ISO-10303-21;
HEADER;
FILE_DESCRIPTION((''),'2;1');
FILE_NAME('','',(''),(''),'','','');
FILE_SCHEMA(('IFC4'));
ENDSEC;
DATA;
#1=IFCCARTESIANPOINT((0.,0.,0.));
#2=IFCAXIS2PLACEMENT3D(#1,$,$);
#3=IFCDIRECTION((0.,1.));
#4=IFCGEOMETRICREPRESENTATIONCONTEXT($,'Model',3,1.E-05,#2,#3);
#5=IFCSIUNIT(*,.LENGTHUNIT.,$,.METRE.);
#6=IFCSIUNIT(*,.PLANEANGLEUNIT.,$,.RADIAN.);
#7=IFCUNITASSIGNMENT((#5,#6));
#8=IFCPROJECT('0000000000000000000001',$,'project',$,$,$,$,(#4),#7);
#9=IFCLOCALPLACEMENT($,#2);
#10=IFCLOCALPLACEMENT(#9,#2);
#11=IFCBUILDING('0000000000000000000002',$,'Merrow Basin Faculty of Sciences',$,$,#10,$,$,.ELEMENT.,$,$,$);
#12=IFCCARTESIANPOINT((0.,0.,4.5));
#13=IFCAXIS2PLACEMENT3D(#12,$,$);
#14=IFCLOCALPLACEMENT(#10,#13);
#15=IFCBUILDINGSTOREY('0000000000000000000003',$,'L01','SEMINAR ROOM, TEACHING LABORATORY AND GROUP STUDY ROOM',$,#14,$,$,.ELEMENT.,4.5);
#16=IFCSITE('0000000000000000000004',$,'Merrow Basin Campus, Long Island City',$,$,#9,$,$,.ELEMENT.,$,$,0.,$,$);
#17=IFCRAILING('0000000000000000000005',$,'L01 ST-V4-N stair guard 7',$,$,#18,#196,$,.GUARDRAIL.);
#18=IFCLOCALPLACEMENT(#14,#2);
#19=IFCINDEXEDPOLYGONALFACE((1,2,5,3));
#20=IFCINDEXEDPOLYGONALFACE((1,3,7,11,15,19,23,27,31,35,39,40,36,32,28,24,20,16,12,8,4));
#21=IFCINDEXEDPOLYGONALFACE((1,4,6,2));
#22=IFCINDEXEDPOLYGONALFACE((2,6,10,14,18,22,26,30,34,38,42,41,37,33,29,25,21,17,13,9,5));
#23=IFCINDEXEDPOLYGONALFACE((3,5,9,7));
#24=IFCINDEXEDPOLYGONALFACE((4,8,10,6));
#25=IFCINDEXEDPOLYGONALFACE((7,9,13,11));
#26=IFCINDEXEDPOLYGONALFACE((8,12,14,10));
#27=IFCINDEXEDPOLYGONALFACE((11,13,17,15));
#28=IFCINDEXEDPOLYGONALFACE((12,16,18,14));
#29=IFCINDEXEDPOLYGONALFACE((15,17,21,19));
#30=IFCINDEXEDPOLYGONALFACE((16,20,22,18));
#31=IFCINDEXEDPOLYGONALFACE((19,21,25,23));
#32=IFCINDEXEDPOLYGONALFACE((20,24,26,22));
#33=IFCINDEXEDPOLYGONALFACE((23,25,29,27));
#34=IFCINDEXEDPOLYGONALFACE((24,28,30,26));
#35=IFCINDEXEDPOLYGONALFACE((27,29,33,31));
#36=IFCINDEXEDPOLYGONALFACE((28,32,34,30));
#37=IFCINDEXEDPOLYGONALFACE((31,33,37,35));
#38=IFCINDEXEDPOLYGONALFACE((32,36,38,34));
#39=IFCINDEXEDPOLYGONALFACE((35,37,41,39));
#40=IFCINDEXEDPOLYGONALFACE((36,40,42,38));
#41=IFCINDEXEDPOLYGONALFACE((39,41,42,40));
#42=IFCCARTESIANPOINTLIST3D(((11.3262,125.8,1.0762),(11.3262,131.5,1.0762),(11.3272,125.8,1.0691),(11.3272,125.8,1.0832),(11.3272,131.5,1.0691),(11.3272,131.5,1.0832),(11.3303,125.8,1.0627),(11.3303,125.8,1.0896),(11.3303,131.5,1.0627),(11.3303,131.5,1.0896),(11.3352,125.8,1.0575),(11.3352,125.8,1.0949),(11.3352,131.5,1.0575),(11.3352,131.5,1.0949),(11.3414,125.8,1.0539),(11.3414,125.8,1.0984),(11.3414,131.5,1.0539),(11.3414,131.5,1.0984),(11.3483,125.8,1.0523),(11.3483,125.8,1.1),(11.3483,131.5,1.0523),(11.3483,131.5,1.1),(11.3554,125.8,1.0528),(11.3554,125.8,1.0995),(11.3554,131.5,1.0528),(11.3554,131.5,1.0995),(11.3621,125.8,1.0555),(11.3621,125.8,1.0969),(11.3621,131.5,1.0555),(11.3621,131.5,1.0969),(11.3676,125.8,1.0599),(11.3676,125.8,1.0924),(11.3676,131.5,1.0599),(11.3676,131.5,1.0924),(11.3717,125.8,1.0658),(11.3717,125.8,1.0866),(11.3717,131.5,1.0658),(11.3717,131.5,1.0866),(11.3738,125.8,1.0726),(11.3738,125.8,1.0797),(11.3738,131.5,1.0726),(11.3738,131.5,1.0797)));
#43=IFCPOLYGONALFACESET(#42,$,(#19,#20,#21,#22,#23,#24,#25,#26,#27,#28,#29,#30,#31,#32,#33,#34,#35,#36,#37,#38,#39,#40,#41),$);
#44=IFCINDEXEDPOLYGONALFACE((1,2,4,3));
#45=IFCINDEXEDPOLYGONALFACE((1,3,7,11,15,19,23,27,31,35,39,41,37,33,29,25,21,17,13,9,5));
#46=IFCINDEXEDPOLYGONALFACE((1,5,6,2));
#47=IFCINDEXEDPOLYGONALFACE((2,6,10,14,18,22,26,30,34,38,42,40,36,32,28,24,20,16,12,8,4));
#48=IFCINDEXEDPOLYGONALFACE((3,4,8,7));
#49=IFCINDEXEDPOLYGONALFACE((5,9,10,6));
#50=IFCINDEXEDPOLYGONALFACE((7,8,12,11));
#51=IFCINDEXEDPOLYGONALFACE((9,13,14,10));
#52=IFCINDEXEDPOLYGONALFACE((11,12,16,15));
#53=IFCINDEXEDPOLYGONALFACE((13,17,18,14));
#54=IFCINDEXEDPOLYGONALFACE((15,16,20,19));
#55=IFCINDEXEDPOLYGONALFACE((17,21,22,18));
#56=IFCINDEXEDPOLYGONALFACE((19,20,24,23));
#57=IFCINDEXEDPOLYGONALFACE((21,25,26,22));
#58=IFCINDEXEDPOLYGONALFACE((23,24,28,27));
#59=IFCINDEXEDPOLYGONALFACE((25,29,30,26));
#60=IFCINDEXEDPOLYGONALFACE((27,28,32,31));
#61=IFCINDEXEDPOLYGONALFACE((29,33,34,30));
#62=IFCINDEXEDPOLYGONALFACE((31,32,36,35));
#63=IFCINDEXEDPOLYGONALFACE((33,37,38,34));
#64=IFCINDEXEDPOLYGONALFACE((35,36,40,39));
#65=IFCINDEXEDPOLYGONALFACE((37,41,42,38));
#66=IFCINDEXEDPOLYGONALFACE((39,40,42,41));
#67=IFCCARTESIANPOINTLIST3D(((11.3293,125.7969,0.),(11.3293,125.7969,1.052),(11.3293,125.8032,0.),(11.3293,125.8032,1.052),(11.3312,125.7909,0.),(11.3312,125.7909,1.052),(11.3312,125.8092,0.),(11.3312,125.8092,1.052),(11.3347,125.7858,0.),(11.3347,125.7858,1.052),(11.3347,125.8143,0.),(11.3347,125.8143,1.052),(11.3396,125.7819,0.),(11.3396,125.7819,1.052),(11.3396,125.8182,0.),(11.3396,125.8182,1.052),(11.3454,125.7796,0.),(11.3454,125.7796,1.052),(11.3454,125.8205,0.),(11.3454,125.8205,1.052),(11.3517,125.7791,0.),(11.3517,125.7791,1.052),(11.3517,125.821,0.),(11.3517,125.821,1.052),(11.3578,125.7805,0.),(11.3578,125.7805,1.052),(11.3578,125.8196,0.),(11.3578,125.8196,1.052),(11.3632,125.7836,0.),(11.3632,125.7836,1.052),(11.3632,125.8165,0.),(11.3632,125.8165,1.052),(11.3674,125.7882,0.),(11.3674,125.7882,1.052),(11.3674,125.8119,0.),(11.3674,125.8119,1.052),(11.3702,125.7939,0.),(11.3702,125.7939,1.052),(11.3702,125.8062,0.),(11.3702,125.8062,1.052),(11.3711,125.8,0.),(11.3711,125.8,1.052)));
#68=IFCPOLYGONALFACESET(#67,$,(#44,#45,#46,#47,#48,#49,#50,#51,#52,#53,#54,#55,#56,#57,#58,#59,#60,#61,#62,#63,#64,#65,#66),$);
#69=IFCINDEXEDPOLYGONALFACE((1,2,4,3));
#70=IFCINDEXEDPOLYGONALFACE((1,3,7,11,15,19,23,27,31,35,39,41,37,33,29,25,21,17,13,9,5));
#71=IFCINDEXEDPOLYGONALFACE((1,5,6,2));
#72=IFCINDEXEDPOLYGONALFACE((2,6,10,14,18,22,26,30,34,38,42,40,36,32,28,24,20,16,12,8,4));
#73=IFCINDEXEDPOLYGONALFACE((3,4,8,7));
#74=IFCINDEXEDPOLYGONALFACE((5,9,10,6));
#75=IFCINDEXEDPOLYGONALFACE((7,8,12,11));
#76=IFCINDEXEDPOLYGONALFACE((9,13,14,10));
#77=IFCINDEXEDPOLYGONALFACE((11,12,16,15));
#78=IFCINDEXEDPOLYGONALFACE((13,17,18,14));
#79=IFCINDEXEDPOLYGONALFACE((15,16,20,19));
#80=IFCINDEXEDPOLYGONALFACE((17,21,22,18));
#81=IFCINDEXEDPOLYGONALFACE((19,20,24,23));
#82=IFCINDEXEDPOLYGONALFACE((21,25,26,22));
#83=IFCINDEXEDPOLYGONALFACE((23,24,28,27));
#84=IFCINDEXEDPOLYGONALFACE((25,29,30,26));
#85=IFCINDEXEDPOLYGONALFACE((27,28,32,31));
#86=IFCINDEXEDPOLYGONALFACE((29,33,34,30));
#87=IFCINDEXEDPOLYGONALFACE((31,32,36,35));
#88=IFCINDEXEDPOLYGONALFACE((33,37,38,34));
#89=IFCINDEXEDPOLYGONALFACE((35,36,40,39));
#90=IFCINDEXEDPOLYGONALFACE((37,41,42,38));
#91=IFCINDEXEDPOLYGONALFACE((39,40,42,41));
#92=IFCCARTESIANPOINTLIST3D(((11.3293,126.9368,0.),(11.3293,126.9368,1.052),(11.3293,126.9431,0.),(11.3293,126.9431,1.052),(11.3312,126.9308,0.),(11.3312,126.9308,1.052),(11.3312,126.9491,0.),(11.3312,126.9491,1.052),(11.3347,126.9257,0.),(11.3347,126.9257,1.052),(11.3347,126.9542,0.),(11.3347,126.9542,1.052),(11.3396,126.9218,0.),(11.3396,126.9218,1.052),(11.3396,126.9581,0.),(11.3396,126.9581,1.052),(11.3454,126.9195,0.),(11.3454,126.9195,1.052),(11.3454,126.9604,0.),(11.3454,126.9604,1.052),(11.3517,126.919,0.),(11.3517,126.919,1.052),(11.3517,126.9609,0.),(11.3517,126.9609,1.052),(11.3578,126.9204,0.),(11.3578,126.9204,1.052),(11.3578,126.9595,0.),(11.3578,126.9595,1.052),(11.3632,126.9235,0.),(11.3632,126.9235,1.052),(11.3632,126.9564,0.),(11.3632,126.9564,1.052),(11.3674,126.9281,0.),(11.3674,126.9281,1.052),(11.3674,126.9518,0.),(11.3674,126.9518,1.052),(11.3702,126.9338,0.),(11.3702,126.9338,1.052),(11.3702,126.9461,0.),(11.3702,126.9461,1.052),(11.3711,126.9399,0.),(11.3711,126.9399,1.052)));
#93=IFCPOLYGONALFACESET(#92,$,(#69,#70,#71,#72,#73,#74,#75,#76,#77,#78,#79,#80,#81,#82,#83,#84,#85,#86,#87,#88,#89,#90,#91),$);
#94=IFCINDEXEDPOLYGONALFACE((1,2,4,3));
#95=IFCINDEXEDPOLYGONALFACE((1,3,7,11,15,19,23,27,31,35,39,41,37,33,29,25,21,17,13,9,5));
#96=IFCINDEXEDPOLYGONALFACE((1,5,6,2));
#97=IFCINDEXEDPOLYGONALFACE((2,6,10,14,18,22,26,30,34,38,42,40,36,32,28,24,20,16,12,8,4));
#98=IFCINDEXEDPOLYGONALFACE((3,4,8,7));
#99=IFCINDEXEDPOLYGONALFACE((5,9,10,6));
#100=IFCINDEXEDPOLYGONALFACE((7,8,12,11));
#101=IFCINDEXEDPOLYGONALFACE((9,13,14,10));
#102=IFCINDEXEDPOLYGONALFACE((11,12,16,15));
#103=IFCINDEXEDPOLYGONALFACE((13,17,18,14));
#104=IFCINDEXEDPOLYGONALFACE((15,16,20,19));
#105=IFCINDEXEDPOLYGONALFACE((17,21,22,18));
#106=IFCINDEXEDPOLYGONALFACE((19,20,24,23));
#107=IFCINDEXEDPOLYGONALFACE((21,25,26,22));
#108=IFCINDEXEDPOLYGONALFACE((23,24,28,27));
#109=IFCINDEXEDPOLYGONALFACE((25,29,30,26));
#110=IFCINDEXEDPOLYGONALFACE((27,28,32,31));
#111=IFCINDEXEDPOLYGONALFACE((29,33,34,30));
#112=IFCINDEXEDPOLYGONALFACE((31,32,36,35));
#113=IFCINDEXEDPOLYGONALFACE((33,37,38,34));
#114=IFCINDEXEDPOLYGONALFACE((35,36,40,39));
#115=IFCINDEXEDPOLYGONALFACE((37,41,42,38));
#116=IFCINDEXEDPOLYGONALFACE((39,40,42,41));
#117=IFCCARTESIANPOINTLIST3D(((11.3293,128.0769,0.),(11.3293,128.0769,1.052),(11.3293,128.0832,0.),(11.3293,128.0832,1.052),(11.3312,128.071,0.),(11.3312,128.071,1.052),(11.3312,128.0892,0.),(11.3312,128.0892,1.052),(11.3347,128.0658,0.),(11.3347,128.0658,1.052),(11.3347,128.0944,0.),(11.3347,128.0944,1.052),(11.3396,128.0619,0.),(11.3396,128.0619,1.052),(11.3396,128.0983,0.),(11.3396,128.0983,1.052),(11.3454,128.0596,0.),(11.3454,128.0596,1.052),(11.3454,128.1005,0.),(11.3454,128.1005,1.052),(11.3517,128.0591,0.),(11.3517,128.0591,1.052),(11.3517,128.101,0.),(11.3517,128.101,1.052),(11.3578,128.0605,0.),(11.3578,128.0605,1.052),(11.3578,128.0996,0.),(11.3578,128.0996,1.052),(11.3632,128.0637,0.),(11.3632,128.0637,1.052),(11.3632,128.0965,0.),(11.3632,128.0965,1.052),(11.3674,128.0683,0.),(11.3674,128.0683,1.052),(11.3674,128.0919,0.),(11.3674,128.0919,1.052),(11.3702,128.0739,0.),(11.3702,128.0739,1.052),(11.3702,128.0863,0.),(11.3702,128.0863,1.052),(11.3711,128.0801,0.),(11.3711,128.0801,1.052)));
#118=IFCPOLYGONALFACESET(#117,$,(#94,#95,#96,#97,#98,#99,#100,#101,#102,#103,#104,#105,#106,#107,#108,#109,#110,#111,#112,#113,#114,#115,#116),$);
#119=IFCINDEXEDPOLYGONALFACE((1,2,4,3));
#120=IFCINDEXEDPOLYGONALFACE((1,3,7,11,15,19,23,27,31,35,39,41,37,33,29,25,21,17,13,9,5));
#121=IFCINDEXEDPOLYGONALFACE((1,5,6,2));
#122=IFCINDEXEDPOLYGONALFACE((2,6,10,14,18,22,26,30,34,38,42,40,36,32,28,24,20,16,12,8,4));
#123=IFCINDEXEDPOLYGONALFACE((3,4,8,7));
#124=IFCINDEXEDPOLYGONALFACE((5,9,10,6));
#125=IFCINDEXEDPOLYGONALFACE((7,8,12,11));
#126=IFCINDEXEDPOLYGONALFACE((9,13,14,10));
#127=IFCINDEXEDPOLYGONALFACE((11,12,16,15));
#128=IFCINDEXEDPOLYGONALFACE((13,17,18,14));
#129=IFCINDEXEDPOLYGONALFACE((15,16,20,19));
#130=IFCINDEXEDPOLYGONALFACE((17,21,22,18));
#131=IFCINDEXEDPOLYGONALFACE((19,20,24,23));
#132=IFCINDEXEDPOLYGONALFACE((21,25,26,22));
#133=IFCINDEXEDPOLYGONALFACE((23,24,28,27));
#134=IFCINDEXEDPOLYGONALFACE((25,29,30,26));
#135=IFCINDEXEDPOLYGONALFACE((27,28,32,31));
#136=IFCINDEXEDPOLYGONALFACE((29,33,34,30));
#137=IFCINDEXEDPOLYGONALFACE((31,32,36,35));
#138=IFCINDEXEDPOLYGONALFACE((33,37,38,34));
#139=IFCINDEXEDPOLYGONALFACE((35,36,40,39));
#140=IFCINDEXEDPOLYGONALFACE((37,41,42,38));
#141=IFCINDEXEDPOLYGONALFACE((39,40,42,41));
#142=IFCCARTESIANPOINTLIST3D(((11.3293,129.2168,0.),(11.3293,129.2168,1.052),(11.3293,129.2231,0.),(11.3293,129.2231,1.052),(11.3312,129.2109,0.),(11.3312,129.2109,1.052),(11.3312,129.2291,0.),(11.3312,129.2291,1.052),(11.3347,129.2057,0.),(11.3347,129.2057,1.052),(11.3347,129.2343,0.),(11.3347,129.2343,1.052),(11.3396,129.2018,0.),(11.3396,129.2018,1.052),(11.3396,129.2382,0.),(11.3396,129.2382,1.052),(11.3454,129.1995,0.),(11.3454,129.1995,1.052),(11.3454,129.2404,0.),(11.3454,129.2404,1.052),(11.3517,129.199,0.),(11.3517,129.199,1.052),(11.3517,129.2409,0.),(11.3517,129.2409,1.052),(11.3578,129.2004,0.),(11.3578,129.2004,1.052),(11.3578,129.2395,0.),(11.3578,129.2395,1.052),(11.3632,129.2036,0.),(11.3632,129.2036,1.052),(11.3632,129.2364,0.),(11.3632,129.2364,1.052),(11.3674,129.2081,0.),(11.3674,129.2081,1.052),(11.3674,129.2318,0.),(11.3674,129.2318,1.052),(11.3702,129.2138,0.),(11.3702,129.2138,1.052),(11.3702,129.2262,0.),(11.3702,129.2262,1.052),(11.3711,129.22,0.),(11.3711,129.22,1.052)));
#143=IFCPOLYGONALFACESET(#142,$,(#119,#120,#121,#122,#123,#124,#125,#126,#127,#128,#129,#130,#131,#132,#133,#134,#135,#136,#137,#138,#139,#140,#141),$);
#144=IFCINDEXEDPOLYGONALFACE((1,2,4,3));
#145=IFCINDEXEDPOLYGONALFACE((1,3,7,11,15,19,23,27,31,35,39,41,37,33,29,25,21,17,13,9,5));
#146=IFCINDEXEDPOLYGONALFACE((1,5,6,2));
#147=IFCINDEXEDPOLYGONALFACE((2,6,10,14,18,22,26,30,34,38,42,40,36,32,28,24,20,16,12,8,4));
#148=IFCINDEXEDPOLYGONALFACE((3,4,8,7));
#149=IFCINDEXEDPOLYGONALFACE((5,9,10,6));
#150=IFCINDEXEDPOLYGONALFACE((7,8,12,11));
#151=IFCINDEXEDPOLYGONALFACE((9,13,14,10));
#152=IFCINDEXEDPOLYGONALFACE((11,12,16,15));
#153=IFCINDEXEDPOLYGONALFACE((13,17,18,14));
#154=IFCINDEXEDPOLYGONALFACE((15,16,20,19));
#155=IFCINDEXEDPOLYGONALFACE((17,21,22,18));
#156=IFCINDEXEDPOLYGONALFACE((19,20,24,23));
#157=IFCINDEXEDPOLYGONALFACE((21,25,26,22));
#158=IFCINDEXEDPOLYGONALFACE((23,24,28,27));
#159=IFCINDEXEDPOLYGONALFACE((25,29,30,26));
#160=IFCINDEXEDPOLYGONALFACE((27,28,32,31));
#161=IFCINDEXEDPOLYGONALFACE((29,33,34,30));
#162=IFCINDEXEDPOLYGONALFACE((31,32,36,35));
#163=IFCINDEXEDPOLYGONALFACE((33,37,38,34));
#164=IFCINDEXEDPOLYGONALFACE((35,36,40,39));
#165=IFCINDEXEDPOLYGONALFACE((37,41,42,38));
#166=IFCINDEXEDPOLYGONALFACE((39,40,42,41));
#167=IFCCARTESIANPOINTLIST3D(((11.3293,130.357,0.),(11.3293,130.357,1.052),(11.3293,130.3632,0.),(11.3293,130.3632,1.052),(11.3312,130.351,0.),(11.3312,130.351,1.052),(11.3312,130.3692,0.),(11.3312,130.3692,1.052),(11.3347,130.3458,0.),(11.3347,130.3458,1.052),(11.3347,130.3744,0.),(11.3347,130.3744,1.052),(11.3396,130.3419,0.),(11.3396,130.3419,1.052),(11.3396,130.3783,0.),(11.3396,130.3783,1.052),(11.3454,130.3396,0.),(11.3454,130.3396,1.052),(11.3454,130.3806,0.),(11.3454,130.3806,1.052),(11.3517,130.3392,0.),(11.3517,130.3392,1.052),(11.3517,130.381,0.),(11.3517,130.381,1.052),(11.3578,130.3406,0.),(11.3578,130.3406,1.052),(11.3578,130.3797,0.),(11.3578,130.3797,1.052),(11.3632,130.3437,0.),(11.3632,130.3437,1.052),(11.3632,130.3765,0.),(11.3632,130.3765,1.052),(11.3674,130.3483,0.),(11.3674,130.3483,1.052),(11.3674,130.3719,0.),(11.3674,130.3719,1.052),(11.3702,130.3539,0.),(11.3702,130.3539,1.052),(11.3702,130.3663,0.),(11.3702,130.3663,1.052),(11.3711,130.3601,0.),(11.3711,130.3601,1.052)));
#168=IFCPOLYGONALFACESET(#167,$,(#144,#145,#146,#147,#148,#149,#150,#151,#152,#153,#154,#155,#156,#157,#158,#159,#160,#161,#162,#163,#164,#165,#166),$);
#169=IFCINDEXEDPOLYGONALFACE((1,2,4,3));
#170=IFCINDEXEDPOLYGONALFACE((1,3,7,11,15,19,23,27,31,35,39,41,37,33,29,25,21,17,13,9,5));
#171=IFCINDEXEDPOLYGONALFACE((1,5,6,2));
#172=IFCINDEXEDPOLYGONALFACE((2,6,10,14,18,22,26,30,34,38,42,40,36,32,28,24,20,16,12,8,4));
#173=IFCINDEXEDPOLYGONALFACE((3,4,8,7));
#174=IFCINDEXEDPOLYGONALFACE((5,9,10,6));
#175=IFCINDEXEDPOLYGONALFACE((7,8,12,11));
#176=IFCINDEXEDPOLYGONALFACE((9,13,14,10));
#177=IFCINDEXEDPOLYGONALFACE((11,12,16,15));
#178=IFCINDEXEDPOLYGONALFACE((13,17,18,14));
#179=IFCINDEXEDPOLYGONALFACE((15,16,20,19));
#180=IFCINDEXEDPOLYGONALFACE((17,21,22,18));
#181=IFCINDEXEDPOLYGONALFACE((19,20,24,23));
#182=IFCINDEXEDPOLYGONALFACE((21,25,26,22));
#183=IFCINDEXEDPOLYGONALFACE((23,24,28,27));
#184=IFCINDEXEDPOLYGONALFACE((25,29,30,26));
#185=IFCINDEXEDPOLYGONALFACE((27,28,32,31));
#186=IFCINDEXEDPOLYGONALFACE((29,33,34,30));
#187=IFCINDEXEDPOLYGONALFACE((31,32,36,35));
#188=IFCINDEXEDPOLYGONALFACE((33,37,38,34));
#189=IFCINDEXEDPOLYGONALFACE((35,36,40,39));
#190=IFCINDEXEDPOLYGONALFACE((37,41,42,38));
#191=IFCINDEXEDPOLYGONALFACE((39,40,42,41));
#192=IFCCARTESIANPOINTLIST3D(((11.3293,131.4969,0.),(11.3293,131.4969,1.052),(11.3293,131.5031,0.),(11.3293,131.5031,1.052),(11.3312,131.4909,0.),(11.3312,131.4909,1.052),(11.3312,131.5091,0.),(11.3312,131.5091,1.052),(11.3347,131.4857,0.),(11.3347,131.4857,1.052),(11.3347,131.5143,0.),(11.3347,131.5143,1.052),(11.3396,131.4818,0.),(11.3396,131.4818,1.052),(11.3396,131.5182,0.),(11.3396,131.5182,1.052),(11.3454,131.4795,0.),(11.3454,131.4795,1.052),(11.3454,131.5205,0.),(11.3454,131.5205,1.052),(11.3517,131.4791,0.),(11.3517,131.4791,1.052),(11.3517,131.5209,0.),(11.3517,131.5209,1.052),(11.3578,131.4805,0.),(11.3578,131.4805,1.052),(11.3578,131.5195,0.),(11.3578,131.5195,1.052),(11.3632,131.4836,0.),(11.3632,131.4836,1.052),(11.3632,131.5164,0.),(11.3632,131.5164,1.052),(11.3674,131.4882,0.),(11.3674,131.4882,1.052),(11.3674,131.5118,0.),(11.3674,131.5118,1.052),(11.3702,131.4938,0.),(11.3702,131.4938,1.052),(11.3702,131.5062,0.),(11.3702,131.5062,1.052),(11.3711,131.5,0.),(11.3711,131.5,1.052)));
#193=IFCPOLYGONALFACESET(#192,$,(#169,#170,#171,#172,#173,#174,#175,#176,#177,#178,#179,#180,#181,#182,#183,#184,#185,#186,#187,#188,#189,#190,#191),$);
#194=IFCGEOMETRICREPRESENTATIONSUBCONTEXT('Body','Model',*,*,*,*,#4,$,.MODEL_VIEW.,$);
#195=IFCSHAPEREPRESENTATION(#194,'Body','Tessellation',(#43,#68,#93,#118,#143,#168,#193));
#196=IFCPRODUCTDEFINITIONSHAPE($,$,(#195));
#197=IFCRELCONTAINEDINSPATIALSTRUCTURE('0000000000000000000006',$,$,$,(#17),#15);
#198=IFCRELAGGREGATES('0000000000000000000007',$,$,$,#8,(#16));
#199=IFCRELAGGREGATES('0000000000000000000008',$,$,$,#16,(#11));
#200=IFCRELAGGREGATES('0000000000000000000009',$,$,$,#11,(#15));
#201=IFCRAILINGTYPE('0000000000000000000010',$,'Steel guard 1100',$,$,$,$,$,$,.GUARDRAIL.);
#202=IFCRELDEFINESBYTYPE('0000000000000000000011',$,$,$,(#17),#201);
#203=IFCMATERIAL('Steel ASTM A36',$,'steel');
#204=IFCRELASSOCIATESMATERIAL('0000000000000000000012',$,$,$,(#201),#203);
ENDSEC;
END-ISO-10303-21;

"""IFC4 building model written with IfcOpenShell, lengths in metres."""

from ifc_helpers import new_model, si_unit, direction, frame, origin, origin_2d, place, context, subcontext, project, spatial, circle, extrude, material, type_object, element, save


model = new_model("IFC4")

# Units and contexts
model_context = context("Model", 3, precision=1e-05, world=origin(), true_north=direction((0.0, 1.0)))
body_context = subcontext(model_context, "Body", "Model", "MODEL_VIEW")
ifc_project = project(units=[si_unit("LENGTHUNIT", "METRE"), si_unit("PLANEANGLEUNIT", "RADIAN")], contexts=[model_context])

# Site, building, storey
site_placement = place(None, origin())
site = spatial("IfcSite", under=ifc_project, at=site_placement, Name="Merrow Basin Campus, Long Island City", CompositionType="ELEMENT", RefElevation=0.0)
building_placement = place(site_placement, origin())
building = spatial("IfcBuilding", under=site, at=building_placement, Name="Merrow Basin Faculty of Sciences", CompositionType="ELEMENT")
storey_placement = place(building_placement, frame((0.0, 0.0, 4.5)))
storey = spatial("IfcBuildingStorey", under=building, at=storey_placement, Name="L01", Description="SEMINAR ROOM, TEACHING LABORATORY AND GROUP STUDY ROOM", CompositionType="ELEMENT", Elevation=4.5)

# Railing
ifc_material_1 = material(Name="Steel ASTM A36", Category="steel")
railing_type_1 = type_object("IfcRailingType", Name="Steel guard 1100", PredefinedType="GUARDRAIL", material=ifc_material_1)
railing_1_placement = place(storey_placement, frame((11.3501, 125.8, 0.0)))
element("IfcRailing", 1, at=railing_1_placement, inside=storey, type_object=railing_type_1, Name="L01 ST-V4-N stair guard 7", PredefinedType="GUARDRAIL", context=body_context, shape_type="SweptSolid", body=[
    extrude(circle(Radius=0.0239, at=origin_2d()), frame((0.0, 0.0, 1.0762), z_axis=(0.0, 1.0, 0.0), x_axis=(-1.0, 0.0, 0.0)), (0.0, 0.0, 1.0), 5.7),
    extrude(circle(Radius=0.021, at=origin_2d()), origin(), (0.0, 0.0, 1.0), 1.052),
    extrude(circle(Radius=0.021, at=origin_2d()), frame((0.0, 1.1399, 0.0)), (0.0, 0.0, 1.0), 1.052),
    extrude(circle(Radius=0.021, at=origin_2d()), frame((0.0, 2.28, 0.0)), (0.0, 0.0, 1.0), 1.052),
    extrude(circle(Radius=0.021, at=origin_2d()), frame((0.0, 3.4199, 0.0)), (0.0, 0.0, 1.0), 1.052),
    extrude(circle(Radius=0.021, at=origin_2d()), frame((0.0, 4.5601, 0.0)), (0.0, 0.0, 1.0), 1.052),
    extrude(circle(Radius=0.021, at=origin_2d()), frame((0.0, 5.7, 0.0)), (0.0, 0.0, 1.0), 1.052),
])

save(model, "model.ifc")
